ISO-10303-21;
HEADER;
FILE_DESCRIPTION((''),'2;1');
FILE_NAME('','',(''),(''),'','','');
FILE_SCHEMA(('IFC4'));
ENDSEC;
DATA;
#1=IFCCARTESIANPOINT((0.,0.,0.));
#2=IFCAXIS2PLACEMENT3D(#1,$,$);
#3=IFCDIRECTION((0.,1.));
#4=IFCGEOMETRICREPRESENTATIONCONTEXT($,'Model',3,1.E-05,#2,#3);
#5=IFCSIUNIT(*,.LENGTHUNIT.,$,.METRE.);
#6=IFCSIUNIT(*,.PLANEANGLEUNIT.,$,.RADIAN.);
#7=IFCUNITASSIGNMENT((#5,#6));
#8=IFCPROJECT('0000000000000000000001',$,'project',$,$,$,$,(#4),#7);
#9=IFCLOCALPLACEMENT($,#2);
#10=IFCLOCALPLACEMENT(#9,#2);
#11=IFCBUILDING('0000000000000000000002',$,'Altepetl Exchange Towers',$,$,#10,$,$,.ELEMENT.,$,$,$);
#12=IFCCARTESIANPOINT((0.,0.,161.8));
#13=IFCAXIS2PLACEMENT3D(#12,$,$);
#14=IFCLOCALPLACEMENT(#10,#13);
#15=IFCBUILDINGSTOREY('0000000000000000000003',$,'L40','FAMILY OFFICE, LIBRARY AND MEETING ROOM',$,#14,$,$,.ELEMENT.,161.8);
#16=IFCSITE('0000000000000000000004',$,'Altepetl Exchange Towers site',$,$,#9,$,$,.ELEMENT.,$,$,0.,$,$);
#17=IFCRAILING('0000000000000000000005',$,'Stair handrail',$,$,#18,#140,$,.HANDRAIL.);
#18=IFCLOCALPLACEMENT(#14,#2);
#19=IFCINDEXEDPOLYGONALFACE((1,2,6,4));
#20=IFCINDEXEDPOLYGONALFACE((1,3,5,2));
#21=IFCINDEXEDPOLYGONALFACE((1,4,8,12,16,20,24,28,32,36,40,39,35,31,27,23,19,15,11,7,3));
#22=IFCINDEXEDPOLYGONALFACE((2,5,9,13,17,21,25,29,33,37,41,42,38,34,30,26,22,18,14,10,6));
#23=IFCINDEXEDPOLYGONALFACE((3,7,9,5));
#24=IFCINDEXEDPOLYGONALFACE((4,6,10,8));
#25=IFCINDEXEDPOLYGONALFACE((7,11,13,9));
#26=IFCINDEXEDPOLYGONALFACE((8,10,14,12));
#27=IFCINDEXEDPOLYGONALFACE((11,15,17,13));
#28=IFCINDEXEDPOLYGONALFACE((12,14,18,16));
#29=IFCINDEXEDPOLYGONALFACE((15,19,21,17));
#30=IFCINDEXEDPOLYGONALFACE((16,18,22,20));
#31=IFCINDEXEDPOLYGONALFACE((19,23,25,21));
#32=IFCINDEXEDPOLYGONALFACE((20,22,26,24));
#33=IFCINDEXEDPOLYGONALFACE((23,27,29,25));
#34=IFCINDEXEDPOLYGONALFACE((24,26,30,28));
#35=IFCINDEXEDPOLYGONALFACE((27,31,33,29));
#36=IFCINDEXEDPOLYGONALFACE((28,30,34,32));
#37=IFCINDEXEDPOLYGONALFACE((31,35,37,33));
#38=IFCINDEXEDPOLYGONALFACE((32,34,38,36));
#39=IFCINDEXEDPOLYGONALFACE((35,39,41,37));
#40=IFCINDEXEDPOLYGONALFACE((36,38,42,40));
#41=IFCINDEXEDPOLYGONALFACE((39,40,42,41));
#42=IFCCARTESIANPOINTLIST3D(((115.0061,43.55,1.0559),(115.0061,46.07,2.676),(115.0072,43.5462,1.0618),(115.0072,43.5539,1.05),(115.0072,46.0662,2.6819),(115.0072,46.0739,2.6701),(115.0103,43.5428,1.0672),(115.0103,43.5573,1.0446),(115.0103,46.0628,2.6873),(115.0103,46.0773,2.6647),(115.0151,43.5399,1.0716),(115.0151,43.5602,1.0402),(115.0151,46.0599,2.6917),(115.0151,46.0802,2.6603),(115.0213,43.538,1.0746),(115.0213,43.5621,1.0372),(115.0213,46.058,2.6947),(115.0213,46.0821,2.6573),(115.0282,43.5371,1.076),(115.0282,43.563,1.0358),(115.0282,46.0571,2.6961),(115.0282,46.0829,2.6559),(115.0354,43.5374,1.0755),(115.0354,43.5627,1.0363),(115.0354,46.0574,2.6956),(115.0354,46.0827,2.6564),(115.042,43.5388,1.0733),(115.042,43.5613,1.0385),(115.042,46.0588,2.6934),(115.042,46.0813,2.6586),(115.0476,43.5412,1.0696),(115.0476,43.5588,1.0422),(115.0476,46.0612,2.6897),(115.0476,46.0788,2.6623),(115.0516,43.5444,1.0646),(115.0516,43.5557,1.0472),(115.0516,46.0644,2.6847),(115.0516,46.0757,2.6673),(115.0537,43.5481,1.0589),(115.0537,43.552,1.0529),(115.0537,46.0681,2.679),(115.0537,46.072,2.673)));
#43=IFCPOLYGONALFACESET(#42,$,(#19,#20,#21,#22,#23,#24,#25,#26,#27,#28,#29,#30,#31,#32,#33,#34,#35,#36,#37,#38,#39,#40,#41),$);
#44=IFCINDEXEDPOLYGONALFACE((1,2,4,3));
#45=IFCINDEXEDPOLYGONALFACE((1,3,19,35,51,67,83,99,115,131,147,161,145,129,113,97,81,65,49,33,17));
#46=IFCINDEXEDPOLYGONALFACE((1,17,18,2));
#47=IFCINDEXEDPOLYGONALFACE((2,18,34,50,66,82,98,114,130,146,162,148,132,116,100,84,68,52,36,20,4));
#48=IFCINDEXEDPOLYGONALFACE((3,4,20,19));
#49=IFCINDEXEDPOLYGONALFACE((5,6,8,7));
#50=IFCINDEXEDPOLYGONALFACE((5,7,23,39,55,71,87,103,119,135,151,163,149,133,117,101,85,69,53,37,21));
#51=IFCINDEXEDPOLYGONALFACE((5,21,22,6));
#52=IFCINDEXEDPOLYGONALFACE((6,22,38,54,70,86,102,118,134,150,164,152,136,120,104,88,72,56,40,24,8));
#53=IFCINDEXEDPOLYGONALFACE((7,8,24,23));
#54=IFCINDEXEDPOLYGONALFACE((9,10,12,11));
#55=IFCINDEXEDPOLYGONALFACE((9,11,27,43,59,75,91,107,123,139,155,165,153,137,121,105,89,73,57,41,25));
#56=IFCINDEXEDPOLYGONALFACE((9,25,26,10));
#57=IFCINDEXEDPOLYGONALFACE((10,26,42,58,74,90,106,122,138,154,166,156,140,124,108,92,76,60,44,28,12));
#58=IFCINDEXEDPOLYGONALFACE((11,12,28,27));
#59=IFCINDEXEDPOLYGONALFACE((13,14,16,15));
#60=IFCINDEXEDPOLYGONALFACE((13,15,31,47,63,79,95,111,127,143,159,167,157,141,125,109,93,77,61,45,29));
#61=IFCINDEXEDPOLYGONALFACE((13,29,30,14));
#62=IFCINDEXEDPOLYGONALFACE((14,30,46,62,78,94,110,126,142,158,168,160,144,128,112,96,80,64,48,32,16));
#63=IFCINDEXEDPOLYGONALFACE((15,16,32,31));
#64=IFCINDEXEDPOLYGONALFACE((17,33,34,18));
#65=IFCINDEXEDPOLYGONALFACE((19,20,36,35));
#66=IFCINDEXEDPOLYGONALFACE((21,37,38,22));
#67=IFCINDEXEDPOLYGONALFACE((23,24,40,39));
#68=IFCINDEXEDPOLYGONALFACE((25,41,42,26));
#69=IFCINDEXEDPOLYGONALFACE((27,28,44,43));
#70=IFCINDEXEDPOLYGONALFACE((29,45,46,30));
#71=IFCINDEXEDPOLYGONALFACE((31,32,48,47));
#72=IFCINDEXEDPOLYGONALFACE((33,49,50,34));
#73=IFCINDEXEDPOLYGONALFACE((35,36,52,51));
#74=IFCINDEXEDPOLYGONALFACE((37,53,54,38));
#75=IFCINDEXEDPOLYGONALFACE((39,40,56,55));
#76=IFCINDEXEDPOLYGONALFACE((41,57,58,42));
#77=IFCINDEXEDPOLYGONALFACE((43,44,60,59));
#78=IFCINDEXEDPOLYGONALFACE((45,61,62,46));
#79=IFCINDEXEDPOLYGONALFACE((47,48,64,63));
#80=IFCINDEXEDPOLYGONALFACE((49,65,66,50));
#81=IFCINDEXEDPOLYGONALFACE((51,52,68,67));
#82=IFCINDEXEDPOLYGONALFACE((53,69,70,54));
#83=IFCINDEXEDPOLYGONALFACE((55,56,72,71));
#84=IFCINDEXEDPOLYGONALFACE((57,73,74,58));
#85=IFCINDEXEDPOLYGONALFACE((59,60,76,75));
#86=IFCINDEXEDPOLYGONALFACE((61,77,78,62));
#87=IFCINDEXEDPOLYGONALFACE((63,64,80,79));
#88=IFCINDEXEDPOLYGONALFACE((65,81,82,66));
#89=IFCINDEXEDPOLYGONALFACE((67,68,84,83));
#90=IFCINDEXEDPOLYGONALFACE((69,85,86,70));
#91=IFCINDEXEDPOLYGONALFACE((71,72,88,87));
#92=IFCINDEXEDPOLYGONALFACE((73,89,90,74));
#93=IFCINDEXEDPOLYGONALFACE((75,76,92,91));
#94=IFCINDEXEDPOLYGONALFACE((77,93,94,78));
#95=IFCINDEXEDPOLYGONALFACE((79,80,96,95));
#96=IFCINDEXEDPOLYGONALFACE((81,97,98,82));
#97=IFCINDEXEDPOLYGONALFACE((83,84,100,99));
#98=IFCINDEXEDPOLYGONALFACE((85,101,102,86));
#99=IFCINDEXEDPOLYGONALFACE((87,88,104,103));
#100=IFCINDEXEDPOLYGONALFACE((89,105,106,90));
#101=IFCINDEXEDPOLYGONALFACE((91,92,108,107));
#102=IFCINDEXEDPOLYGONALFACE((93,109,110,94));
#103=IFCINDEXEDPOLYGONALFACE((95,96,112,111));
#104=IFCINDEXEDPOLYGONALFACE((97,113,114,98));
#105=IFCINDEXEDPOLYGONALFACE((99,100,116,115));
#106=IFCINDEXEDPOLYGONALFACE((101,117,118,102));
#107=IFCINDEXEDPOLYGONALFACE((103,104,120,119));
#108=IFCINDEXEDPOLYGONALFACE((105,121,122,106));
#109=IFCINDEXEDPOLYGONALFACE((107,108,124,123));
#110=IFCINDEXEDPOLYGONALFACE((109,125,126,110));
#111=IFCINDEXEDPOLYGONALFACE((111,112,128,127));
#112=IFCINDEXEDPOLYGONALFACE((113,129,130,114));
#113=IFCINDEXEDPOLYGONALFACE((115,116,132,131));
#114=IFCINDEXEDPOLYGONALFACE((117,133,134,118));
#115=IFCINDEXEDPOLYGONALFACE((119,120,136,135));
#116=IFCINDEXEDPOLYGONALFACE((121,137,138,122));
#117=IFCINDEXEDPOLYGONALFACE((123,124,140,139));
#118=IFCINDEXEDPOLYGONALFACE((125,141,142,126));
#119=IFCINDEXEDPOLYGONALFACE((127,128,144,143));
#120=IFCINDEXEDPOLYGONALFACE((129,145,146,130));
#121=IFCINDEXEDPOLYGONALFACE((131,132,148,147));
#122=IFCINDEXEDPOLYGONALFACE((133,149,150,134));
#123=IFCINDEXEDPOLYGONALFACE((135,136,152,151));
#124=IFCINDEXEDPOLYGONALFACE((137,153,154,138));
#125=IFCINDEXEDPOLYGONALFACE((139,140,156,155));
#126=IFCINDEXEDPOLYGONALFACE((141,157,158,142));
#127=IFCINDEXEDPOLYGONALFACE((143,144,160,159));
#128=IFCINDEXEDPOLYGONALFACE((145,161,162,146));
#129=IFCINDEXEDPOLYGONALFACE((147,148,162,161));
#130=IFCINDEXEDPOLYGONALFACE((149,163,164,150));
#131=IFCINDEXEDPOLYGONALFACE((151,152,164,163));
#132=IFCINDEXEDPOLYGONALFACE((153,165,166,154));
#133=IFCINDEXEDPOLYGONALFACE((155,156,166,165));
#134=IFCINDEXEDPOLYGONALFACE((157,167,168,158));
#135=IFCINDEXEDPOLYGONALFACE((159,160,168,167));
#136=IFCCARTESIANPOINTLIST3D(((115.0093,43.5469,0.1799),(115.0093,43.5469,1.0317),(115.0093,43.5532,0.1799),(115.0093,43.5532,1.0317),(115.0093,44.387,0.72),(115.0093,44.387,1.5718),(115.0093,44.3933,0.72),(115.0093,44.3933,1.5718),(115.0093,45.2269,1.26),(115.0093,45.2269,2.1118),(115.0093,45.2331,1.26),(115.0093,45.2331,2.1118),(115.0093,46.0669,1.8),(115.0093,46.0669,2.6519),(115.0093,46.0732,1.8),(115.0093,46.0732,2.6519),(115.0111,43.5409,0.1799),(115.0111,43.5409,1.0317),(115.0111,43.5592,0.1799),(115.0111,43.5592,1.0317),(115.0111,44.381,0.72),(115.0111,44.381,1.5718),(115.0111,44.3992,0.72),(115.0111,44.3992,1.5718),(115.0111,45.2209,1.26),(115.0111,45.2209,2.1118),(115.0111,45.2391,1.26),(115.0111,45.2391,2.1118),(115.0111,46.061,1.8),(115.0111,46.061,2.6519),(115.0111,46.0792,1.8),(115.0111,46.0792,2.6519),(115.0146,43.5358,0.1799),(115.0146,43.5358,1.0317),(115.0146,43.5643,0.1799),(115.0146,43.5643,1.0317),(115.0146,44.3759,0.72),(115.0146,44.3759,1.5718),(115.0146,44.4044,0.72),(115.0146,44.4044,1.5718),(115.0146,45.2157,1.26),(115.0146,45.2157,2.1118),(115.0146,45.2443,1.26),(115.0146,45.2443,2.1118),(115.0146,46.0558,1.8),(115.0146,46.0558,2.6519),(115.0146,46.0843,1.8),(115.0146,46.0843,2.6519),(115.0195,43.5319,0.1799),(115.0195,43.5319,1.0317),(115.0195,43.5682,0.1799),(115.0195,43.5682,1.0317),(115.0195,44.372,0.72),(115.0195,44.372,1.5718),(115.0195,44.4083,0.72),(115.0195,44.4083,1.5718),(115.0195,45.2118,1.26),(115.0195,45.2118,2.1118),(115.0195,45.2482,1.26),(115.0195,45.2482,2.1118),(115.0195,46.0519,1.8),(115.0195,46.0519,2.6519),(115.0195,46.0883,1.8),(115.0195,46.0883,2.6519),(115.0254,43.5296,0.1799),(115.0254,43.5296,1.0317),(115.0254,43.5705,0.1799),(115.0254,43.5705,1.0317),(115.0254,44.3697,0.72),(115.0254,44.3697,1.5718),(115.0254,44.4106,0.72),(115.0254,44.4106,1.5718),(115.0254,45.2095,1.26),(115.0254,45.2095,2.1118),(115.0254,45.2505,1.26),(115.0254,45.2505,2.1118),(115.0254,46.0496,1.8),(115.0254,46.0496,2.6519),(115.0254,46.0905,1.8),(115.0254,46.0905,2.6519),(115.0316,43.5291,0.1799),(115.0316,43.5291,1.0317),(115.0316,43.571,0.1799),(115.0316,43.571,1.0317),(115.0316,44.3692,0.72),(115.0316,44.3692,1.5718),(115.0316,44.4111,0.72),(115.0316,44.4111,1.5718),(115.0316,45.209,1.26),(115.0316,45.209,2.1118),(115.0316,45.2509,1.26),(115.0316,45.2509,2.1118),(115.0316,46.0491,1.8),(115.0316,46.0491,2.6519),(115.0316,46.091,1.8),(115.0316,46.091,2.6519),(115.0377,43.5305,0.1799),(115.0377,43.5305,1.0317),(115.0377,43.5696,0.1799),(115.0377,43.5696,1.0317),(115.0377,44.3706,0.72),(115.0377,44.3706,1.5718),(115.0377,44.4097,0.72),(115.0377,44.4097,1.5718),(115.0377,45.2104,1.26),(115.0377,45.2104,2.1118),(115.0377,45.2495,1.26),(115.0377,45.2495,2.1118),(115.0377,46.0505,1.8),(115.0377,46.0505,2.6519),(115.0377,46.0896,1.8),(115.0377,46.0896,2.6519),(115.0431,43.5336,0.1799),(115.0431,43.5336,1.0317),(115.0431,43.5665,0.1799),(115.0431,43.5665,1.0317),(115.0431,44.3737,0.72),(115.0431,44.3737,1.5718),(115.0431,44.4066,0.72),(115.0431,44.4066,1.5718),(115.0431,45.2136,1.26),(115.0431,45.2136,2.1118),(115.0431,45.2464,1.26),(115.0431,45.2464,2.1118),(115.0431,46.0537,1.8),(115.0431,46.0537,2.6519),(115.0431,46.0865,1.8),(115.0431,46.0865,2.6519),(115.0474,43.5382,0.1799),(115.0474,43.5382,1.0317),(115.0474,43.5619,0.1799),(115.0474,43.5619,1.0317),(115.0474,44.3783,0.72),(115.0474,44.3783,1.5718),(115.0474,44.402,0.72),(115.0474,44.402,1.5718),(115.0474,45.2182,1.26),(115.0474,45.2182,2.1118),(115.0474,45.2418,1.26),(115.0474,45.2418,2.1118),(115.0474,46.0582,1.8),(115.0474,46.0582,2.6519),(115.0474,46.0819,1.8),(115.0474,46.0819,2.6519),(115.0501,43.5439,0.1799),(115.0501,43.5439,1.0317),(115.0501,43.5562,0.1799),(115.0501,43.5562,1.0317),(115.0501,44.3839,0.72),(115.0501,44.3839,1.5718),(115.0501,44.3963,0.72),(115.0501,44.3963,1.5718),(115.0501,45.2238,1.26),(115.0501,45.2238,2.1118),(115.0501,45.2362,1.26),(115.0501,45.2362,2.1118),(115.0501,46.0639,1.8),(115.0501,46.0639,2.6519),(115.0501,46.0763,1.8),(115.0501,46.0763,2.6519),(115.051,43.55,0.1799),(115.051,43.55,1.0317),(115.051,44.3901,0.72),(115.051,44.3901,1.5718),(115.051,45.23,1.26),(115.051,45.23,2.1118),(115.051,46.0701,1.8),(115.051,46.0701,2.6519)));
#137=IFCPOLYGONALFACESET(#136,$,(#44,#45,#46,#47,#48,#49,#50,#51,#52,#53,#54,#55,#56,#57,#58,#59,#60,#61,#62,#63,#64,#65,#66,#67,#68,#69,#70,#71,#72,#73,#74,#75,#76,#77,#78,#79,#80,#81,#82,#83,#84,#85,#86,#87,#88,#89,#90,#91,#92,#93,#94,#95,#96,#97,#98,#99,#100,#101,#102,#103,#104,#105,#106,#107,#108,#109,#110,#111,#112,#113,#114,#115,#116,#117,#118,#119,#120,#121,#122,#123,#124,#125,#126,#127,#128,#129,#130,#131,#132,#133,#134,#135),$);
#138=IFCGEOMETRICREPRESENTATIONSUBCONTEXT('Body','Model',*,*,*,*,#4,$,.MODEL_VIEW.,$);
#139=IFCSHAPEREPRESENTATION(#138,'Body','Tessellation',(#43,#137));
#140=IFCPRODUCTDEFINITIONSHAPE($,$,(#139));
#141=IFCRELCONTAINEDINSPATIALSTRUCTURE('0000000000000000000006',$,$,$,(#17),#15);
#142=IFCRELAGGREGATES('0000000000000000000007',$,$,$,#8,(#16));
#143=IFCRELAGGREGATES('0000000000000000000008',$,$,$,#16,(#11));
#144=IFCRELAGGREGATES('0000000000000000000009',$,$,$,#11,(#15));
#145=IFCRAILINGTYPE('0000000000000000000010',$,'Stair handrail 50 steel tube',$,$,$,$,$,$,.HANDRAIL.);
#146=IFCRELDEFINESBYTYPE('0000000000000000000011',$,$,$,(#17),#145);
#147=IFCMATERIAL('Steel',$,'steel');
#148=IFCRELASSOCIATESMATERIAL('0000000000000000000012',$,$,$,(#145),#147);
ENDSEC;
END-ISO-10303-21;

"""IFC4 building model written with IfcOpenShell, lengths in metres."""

from ifc_helpers import new_model, si_unit, direction, frame, origin, origin_2d, place, context, subcontext, project, spatial, circle, extrude, source, transform, mapped, material, type_object, element, save


model = new_model("IFC4")

# Units and contexts
model_context = context("Model", 3, precision=1e-05, world=origin(), true_north=direction((0.0, 1.0)))
body_context = subcontext(model_context, "Body", "Model", "MODEL_VIEW")
ifc_project = project(units=[si_unit("LENGTHUNIT", "METRE"), si_unit("PLANEANGLEUNIT", "RADIAN")], contexts=[model_context])

# Site, building, storey
site_placement = place(None, origin())
site = spatial("IfcSite", under=ifc_project, at=site_placement, Name="Altepetl Exchange Towers site", CompositionType="ELEMENT", RefElevation=0.0)
building_placement = place(site_placement, origin())
building = spatial("IfcBuilding", under=site, at=building_placement, Name="Altepetl Exchange Towers", CompositionType="ELEMENT")
storey_placement = place(building_placement, frame((0.0, 0.0, 161.8)))
storey = spatial("IfcBuildingStorey", under=building, at=storey_placement, Name="L40", Description="FAMILY OFFICE, LIBRARY AND MEETING ROOM", CompositionType="ELEMENT", Elevation=161.8)

# Railing
ifc_material_1 = material(Name="Steel", Category="steel")
railing_type = type_object("IfcRailingType", Name="Stair handrail 50 steel tube", PredefinedType="HANDRAIL", material=ifc_material_1)
shared_shape = source(origin(), body_context, "Body", "SweptSolid", [
    extrude(circle(Radius=0.021, at=origin_2d()), origin(), (0.0, 0.0, 1.0), 0.8518),
])
railing_1_placement = place(storey_placement, frame((115.03, 43.55, 0.1799)))
element("IfcRailing", 1, at=railing_1_placement, inside=storey, type_object=railing_type, Name="Stair handrail", PredefinedType="HANDRAIL", context=body_context, shape_type="SweptSolid", body=[
    extrude(circle(Radius=0.0239, at=origin_2d()), frame((0.0, 0.0, 0.876), z_axis=(0.0, 0.841163, 0.540782), x_axis=(-1.0, 0.0, 0.0)), (0.0, 0.0, 1.0), 2.9958),
    mapped(shared_shape, transform((0.0, 0.0, 0.0))),
    mapped(shared_shape, transform((0.0, 0.8401, 0.54))),
    mapped(shared_shape, transform((0.0, 1.6799, 1.0801))),
    mapped(shared_shape, transform((0.0, 2.52, 1.6201))),
])

save(model, "model.ifc")
